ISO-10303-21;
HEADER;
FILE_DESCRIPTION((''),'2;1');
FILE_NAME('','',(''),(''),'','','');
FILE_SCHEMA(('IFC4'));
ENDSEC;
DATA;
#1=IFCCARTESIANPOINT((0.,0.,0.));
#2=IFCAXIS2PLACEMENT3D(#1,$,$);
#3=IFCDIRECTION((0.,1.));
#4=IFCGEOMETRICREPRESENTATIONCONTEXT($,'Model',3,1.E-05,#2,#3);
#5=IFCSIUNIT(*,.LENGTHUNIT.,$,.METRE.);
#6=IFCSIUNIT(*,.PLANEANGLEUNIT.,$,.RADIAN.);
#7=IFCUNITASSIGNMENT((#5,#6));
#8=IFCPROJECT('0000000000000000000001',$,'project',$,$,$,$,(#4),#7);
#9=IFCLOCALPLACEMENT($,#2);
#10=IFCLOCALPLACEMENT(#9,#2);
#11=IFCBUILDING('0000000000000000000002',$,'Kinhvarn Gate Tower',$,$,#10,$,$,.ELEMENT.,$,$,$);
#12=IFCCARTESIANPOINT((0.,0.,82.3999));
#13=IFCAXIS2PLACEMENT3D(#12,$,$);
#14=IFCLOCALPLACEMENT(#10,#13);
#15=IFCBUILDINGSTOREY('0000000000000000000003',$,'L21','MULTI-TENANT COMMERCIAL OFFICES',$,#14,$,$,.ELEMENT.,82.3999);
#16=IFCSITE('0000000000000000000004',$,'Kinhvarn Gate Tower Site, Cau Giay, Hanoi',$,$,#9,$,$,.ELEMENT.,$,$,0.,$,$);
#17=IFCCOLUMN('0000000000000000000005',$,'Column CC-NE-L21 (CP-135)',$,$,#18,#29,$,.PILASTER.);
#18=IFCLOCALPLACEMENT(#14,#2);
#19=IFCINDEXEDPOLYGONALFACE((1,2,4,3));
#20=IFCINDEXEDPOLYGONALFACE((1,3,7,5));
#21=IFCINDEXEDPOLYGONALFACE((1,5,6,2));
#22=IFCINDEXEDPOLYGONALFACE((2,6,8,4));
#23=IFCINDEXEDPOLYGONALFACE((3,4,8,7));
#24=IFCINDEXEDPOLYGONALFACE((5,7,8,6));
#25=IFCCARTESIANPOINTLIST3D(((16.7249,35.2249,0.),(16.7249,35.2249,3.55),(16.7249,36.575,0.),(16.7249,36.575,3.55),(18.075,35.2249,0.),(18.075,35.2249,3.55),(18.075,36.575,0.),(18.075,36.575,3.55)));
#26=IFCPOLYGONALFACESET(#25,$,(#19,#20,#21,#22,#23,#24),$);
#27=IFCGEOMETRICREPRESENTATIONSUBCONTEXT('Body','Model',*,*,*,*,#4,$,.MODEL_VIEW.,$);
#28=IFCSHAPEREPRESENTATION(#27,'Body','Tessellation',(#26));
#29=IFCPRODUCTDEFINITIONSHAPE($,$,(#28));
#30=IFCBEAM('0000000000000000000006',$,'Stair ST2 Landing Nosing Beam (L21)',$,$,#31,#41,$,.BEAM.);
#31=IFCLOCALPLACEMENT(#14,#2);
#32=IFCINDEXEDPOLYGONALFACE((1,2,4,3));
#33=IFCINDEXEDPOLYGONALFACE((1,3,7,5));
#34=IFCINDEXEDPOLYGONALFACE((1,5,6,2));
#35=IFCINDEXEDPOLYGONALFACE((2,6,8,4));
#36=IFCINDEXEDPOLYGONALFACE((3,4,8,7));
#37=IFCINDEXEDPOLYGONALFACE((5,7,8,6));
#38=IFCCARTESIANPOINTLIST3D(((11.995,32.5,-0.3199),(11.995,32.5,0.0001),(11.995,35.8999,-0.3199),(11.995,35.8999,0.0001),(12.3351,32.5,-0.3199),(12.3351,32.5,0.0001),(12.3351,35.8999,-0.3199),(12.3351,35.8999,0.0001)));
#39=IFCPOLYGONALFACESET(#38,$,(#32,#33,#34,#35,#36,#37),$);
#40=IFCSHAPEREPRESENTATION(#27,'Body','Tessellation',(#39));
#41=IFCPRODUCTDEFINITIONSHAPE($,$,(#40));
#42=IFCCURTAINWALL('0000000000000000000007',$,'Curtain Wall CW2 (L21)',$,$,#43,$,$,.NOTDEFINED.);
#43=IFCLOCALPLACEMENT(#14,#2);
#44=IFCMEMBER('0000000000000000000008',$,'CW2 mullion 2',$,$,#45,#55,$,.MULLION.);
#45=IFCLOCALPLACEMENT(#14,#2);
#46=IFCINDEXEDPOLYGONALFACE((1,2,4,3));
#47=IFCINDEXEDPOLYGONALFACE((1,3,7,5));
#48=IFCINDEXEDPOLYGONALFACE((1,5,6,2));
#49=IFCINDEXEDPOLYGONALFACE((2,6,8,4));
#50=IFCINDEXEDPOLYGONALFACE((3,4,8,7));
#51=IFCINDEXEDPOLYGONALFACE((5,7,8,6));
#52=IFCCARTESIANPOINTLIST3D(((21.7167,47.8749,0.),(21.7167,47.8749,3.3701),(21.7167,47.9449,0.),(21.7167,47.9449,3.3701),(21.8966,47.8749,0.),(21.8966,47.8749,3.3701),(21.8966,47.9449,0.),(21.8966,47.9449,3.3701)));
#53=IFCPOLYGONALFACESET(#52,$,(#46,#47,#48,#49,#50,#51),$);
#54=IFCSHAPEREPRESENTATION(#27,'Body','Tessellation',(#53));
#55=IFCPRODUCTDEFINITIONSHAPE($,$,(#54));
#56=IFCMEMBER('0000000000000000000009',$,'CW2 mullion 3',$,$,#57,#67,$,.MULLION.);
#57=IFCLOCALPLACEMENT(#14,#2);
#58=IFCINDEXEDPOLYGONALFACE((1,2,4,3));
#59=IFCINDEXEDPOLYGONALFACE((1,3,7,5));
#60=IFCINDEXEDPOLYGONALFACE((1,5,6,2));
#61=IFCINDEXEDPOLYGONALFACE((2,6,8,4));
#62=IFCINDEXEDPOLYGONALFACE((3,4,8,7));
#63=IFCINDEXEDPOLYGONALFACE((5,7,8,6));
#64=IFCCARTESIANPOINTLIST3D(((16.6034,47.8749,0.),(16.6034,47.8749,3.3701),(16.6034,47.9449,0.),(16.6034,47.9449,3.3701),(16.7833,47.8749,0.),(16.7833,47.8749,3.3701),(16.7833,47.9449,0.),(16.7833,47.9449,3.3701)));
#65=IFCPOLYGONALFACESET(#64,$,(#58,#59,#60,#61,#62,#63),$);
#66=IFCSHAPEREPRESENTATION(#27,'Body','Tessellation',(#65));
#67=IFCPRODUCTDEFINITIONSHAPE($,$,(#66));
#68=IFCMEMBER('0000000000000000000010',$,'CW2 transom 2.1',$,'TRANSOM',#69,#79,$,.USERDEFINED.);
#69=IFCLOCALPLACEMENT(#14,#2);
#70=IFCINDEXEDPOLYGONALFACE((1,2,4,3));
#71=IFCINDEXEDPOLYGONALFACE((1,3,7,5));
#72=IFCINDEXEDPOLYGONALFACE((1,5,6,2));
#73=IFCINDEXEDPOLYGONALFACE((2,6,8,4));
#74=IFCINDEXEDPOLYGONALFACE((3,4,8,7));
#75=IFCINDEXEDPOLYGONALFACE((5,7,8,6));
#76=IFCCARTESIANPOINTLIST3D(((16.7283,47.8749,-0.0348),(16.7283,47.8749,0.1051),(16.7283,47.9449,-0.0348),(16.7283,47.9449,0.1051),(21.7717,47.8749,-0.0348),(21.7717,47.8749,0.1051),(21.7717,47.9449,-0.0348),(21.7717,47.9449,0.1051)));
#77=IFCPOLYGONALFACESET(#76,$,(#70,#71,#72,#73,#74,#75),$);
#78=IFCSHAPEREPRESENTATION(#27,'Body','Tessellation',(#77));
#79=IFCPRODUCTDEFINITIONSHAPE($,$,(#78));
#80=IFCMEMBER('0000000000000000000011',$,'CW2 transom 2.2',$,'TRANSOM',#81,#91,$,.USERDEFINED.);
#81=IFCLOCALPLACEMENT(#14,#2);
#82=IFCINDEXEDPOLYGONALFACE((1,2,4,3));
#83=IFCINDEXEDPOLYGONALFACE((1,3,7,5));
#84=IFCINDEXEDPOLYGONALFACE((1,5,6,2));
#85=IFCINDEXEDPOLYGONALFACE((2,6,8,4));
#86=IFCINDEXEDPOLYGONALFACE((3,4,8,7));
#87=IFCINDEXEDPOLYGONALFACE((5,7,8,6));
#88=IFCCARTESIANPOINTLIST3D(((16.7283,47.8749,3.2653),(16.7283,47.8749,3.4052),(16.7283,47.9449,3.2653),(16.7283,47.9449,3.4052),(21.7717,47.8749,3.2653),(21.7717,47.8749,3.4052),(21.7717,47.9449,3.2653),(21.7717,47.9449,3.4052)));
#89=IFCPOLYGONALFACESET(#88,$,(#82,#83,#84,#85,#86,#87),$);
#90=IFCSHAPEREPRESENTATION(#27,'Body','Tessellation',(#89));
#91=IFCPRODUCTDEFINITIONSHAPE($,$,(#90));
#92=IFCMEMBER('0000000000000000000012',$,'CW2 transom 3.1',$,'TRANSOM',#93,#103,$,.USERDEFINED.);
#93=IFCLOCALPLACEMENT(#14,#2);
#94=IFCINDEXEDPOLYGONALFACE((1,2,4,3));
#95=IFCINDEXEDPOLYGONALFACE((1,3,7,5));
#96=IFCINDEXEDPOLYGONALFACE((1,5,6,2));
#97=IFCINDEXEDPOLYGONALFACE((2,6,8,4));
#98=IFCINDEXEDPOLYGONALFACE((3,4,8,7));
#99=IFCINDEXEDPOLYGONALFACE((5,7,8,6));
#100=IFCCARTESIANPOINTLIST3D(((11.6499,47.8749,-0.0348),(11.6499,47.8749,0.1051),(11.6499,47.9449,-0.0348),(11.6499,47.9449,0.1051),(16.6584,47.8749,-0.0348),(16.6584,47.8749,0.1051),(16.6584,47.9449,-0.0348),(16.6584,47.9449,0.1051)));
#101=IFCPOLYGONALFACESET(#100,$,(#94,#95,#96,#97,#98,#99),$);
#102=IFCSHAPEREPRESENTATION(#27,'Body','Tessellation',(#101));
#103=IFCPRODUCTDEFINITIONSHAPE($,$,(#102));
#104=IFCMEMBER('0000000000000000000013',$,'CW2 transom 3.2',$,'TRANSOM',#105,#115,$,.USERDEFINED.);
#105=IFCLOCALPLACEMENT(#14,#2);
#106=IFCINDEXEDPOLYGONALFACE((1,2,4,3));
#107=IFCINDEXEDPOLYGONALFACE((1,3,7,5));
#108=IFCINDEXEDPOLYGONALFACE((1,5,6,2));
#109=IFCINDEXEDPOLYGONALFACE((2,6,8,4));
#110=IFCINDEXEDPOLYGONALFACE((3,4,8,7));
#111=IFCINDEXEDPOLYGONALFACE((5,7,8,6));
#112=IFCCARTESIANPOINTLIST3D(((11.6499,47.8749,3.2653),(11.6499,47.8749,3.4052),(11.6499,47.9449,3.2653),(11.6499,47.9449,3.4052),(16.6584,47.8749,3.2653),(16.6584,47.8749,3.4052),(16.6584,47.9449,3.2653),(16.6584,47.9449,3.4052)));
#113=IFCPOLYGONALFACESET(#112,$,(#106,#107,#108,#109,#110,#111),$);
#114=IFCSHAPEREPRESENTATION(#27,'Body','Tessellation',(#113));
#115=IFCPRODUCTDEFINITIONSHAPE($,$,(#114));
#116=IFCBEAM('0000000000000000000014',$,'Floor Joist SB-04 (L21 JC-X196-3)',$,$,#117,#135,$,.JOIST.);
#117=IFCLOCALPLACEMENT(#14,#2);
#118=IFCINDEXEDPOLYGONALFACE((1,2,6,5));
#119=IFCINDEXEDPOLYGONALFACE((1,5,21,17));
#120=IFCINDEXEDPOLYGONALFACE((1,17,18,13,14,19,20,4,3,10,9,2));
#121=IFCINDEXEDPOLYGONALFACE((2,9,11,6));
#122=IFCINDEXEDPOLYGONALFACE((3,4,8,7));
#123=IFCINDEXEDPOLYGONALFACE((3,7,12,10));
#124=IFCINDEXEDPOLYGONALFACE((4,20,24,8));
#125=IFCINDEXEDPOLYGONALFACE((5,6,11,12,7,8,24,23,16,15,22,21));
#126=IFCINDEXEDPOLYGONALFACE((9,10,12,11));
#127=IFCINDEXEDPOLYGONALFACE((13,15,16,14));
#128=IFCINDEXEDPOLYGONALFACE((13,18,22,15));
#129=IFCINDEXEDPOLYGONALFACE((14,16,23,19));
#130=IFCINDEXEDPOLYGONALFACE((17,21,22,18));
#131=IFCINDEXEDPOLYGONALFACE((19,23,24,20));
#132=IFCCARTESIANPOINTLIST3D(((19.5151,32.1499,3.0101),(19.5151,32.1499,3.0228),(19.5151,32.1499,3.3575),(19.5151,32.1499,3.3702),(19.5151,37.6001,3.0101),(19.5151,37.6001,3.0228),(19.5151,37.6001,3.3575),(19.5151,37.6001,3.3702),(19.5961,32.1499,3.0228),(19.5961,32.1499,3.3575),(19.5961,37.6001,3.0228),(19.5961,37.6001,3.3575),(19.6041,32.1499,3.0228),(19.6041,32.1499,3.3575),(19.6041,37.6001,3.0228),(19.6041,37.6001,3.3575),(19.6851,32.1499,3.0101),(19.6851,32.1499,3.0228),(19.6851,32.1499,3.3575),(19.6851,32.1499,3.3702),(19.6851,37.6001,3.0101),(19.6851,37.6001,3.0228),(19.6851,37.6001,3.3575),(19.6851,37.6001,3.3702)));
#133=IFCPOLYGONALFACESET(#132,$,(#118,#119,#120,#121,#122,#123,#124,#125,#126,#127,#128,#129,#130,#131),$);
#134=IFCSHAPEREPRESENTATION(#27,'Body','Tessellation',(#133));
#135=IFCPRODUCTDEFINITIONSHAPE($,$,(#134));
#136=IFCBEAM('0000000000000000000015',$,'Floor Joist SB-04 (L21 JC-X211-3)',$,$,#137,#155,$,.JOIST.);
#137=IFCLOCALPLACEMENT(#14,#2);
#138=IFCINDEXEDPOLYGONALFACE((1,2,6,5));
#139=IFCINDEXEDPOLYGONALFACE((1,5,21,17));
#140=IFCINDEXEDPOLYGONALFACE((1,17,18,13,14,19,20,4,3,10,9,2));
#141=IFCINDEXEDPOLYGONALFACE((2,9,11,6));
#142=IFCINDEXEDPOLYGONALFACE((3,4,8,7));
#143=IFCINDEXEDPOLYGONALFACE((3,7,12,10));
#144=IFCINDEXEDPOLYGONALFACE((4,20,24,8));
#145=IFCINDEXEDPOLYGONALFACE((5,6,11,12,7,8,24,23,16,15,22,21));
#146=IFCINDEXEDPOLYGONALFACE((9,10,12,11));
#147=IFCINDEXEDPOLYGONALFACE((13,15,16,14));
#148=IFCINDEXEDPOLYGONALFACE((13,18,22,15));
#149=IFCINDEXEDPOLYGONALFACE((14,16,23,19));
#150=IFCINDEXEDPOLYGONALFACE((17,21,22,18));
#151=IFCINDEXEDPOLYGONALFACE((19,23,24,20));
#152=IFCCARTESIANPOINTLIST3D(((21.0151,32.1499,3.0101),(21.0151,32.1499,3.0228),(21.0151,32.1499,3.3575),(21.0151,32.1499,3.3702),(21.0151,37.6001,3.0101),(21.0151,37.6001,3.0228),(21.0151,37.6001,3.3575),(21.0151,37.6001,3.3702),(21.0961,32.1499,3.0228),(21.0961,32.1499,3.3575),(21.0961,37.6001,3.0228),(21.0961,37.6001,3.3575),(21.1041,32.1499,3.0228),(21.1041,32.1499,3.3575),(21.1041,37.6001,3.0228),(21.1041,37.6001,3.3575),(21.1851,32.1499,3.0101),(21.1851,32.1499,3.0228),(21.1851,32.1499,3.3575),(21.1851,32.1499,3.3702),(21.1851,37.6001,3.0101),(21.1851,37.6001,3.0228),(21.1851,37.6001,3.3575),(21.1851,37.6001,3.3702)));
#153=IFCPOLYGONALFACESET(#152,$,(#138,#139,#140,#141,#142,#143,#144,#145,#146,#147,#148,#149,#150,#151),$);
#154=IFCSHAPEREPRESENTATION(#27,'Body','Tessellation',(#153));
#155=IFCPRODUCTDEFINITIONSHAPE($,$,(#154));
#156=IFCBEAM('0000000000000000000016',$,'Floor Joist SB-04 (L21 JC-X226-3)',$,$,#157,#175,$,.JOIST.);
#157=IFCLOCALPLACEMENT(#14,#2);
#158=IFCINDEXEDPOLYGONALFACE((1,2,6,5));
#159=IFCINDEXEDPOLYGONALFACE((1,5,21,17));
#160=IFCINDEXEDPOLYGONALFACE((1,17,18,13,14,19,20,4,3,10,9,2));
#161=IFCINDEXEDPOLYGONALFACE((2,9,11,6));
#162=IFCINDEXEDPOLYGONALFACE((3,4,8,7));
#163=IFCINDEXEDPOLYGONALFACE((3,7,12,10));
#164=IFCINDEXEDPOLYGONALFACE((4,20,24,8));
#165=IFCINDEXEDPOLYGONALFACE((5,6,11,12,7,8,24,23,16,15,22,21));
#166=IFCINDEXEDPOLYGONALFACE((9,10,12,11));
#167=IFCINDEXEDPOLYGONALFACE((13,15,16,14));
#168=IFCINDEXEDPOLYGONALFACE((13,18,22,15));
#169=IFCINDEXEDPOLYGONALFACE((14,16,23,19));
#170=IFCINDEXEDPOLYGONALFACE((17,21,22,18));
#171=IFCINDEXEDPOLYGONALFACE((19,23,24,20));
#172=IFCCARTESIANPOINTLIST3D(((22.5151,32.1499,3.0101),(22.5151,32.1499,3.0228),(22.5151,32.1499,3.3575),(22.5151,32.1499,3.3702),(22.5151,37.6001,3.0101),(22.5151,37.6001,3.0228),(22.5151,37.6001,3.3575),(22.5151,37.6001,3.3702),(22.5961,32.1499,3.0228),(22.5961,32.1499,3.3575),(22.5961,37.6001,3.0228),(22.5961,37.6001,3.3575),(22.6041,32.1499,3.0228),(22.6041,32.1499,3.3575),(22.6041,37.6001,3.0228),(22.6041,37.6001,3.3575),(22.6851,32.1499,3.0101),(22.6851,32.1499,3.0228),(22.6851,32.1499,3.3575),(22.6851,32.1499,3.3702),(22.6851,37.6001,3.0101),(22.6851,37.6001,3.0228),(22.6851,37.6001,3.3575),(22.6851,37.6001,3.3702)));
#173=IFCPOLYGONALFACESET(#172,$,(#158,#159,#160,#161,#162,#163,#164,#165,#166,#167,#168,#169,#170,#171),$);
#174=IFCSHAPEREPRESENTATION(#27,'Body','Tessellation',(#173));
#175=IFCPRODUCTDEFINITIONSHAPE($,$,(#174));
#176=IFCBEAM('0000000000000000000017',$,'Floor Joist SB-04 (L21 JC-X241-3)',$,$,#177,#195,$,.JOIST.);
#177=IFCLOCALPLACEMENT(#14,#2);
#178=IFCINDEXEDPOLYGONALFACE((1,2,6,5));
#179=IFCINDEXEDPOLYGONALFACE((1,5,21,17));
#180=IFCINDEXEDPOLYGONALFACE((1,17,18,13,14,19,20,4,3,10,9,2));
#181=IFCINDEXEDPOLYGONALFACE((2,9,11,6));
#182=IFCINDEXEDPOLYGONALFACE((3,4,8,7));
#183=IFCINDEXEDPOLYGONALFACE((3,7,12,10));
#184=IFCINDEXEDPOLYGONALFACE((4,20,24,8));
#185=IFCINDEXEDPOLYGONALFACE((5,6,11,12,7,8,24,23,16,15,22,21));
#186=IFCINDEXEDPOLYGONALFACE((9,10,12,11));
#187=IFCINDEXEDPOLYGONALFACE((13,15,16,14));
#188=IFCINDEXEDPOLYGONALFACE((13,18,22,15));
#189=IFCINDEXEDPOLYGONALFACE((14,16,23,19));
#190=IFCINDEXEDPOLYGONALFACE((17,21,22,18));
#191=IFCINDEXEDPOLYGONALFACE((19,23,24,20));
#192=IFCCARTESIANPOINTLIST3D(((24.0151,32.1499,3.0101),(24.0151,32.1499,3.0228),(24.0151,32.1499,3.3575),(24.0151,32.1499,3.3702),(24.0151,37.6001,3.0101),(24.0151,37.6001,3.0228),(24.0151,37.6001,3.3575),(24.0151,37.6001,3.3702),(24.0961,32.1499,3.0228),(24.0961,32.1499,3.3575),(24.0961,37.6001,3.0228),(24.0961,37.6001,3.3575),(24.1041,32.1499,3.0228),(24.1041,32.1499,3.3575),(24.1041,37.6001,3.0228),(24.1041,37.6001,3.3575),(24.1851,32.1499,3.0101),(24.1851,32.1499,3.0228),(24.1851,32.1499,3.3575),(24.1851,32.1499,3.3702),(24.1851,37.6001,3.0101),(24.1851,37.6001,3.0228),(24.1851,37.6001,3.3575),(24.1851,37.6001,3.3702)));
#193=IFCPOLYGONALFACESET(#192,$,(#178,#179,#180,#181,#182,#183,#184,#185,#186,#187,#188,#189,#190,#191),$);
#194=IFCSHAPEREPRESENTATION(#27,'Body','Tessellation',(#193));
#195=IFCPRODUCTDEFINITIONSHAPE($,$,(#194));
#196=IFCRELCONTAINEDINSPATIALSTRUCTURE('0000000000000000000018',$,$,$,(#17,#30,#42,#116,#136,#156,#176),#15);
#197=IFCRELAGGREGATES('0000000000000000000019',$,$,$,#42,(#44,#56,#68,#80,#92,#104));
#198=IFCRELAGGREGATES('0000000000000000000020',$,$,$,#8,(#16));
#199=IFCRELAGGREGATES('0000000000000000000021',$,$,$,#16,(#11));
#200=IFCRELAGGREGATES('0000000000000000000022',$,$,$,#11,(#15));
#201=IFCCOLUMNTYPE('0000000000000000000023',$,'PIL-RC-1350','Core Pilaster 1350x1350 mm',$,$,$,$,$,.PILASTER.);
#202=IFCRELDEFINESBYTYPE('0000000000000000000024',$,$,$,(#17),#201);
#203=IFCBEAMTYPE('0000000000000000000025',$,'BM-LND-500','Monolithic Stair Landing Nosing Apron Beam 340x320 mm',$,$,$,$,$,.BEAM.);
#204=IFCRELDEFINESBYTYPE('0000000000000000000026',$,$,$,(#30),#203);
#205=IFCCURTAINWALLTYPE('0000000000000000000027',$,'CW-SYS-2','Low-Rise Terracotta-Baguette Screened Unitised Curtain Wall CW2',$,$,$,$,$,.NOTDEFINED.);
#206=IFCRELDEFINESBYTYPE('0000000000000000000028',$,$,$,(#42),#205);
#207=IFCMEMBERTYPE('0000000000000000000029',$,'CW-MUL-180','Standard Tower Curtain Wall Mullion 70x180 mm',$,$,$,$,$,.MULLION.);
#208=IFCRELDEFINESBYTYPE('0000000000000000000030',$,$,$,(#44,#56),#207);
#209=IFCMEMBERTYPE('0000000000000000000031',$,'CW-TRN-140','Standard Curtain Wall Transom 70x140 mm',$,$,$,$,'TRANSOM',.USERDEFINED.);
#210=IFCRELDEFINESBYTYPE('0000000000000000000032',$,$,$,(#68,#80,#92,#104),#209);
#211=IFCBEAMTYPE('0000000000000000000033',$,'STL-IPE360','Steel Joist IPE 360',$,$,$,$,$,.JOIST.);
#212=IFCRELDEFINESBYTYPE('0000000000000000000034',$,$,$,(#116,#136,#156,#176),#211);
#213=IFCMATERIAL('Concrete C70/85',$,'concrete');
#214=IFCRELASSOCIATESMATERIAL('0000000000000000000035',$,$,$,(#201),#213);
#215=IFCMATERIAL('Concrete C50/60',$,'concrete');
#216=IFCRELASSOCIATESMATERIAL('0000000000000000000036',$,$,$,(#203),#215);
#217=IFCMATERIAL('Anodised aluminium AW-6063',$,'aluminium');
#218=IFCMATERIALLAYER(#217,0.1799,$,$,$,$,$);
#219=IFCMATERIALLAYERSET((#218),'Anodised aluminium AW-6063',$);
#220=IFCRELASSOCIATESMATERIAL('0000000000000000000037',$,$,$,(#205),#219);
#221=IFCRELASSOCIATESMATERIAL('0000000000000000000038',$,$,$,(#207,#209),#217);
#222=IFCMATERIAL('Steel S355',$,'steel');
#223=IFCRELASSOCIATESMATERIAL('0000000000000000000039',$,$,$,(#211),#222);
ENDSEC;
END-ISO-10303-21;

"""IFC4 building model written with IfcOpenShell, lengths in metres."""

from ifc_helpers import new_model, si_unit, direction, frame, origin, origin_2d, place, context, subcontext, project, spatial, rectangle, i_section, extrude, material, layer, layer_set, material_profile, profile_set, type_object, element, aggregate, save


model = new_model("IFC4")

# Units and contexts
model_context = context("Model", 3, precision=1e-05, world=origin(), true_north=direction((0.0, 1.0)))
body_context = subcontext(model_context, "Body", "Model", "MODEL_VIEW")
ifc_project = project(units=[si_unit("LENGTHUNIT", "METRE"), si_unit("PLANEANGLEUNIT", "RADIAN")], contexts=[model_context])

# Site, building, storey
site_placement = place(None, origin())
site = spatial("IfcSite", under=ifc_project, at=site_placement, Name="Kinhvarn Gate Tower Site, Cau Giay, Hanoi", CompositionType="ELEMENT", RefElevation=0.0)
building_placement = place(site_placement, origin())
building = spatial("IfcBuilding", under=site, at=building_placement, Name="Kinhvarn Gate Tower", CompositionType="ELEMENT")
storey_placement = place(building_placement, frame((0.0, 0.0, 82.3999)))
storey = spatial("IfcBuildingStorey", under=building, at=storey_placement, Name="L21", Description="MULTI-TENANT COMMERCIAL OFFICES", CompositionType="ELEMENT", Elevation=82.3999)

# Column
ifc_material_1 = material(Name="Concrete C70/85", Category="concrete")
ifc_material_profile_1 = material_profile(ifc_material_1, rectangle(XDim=1.3501, YDim=1.3501, at=origin_2d()), Name="RC 1350x1350")
ifc_profile_set_1 = profile_set([ifc_material_profile_1], Name="Concrete C70/85")
column_type = type_object("IfcColumnType", Name="PIL-RC-1350", Description="Core Pilaster 1350x1350 mm", PredefinedType="PILASTER", material=ifc_profile_set_1)
column_placement = place(storey_placement, frame((17.3999, 35.8999, 0.0), z_axis=(0.0, 0.0, 1.0), x_axis=(1.0, 0.0, 0.0)))
element("IfcColumn", 1, at=column_placement, inside=storey, type_object=column_type, Name="Column CC-NE-L21 (CP-135)", PredefinedType="PILASTER", context=body_context, shape_type="SweptSolid", body=[
    extrude(rectangle(XDim=1.3501, YDim=1.3501, at=origin_2d()), origin(), (0.0, 0.0, 1.0), 3.55),
])

# Beam
ifc_material_2 = material(Name="Concrete C50/60", Category="concrete")
ifc_material_profile_2 = material_profile(ifc_material_2, rectangle(XDim=0.3401, YDim=0.3201, at=origin_2d()), Name="RC 340x320")
ifc_profile_set_2 = profile_set([ifc_material_profile_2], Name="Concrete C50/60")
beam_type_1 = type_object("IfcBeamType", Name="BM-LND-500", Description="Monolithic Stair Landing Nosing Apron Beam 340x320 mm", PredefinedType="BEAM", material=ifc_profile_set_2)
beam_placement = place(storey_placement, frame((12.165, 32.5, -0.1599), z_axis=(0.0, 1.0, 0.0), x_axis=(-1.0, 0.0, 0.0)))
element("IfcBeam", 2, at=beam_placement, inside=storey, type_object=beam_type_1, Name="Stair ST2 Landing Nosing Beam (L21)", PredefinedType="BEAM", context=body_context, shape_type="SweptSolid", body=[
    extrude(rectangle(XDim=0.3401, YDim=0.3201, at=origin_2d()), origin(), (0.0, 0.0, 1.0), 3.3999),
])

# Curtain wall, members
ifc_material_3 = material(Name="Anodised aluminium AW-6063", Category="aluminium")
ifc_layer_1 = layer(ifc_material_3, 0.1799)
ifc_layer_set_1 = layer_set([ifc_layer_1], Name="Anodised aluminium AW-6063")
curtain_wall_type = type_object("IfcCurtainWallType", Name="CW-SYS-2", Description="Low-Rise Terracotta-Baguette Screened Unitised Curtain Wall CW2", PredefinedType="NOTDEFINED", material=ifc_layer_set_1)
curtain_wall_placement = place(storey_placement, origin())
curtain_wall = element("IfcCurtainWall", 3, at=curtain_wall_placement, inside=storey, type_object=curtain_wall_type, Name="Curtain Wall CW2 (L21)", PredefinedType="NOTDEFINED")
ifc_material_profile_3 = material_profile(ifc_material_3, rectangle(XDim=0.0701, YDim=0.1799, at=origin_2d()), Name="ALU 70x180")
ifc_profile_set_3 = profile_set([ifc_material_profile_3], Name="Anodised aluminium AW-6063")
member_type_1 = type_object("IfcMemberType", Name="CW-MUL-180", Description="Standard Tower Curtain Wall Mullion 70x180 mm", PredefinedType="MULLION", material=ifc_profile_set_3)
member_1_placement = place(storey_placement, frame((21.8066, 47.9099, 0.0), z_axis=(0.0, 0.0, 1.0), x_axis=(0.0, -1.0, 0.0)))
member_1 = element("IfcMember", 4, at=member_1_placement, type_object=member_type_1, Name="CW2 mullion 2", PredefinedType="MULLION", context=body_context, shape_type="SweptSolid", body=[
    extrude(rectangle(XDim=0.0701, YDim=0.1799, at=origin_2d()), origin(), (0.0, 0.0, 1.0), 3.3701),
])
member_2_placement = place(storey_placement, frame((16.6934, 47.9099, 0.0), z_axis=(0.0, 0.0, 1.0), x_axis=(0.0, -1.0, 0.0)))
member_2 = element("IfcMember", 5, at=member_2_placement, type_object=member_type_1, Name="CW2 mullion 3", PredefinedType="MULLION", context=body_context, shape_type="SweptSolid", body=[
    extrude(rectangle(XDim=0.0701, YDim=0.1799, at=origin_2d()), origin(), (0.0, 0.0, 1.0), 3.3701),
])
ifc_material_profile_4 = material_profile(ifc_material_3, rectangle(XDim=0.0701, YDim=0.1399, at=origin_2d()), Name="ALU 70x140")
ifc_profile_set_4 = profile_set([ifc_material_profile_4], Name="Anodised aluminium AW-6063")
member_type_2 = type_object("IfcMemberType", Name="CW-TRN-140", Description="Standard Curtain Wall Transom 70x140 mm", ElementType="TRANSOM", PredefinedType="USERDEFINED", material=ifc_profile_set_4)
member_3_placement = place(storey_placement, frame((21.7717, 47.9099, 0.0352), z_axis=(-1.0, 0.0, 0.0), x_axis=(0.0, -1.0, 0.0)))
member_3 = element("IfcMember", 6, at=member_3_placement, type_object=member_type_2, Name="CW2 transom 2.1", ObjectType="TRANSOM", PredefinedType="USERDEFINED", context=body_context, shape_type="SweptSolid", body=[
    extrude(rectangle(XDim=0.0701, YDim=0.1399, at=origin_2d()), origin(), (0.0, 0.0, 1.0), 5.0435),
])
member_4_placement = place(storey_placement, frame((21.7717, 47.9099, 3.3352), z_axis=(-1.0, 0.0, 0.0), x_axis=(0.0, -1.0, 0.0)))
member_4 = element("IfcMember", 7, at=member_4_placement, type_object=member_type_2, Name="CW2 transom 2.2", ObjectType="TRANSOM", PredefinedType="USERDEFINED", context=body_context, shape_type="SweptSolid", body=[
    extrude(rectangle(XDim=0.0701, YDim=0.1399, at=origin_2d()), origin(), (0.0, 0.0, 1.0), 5.0435),
])
member_5_placement = place(storey_placement, frame((16.6584, 47.9099, 0.0352), z_axis=(-1.0, 0.0, 0.0), x_axis=(0.0, -1.0, 0.0)))
member_5 = element("IfcMember", 8, at=member_5_placement, type_object=member_type_2, Name="CW2 transom 3.1", ObjectType="TRANSOM", PredefinedType="USERDEFINED", context=body_context, shape_type="SweptSolid", body=[
    extrude(rectangle(XDim=0.0701, YDim=0.1399, at=origin_2d()), origin(), (0.0, 0.0, 1.0), 5.0085),
])
member_6_placement = place(storey_placement, frame((16.6584, 47.9099, 3.3352), z_axis=(-1.0, 0.0, 0.0), x_axis=(0.0, -1.0, 0.0)))
member_6 = element("IfcMember", 9, at=member_6_placement, type_object=member_type_2, Name="CW2 transom 3.2", ObjectType="TRANSOM", PredefinedType="USERDEFINED", context=body_context, shape_type="SweptSolid", body=[
    extrude(rectangle(XDim=0.0701, YDim=0.1399, at=origin_2d()), origin(), (0.0, 0.0, 1.0), 5.0085),
])

# Beams
ifc_material_4 = material(Name="Steel S355", Category="steel")
ifc_material_profile_5 = material_profile(ifc_material_4, i_section(OverallWidth=0.1699, OverallDepth=0.3601, WebThickness=0.0081, FlangeThickness=0.0127, at=origin_2d()), Name="IPE 360")
ifc_profile_set_5 = profile_set([ifc_material_profile_5], Name="Steel S355")
beam_type_2 = type_object("IfcBeamType", Name="STL-IPE360", Description="Steel Joist IPE 360", PredefinedType="JOIST", material=ifc_profile_set_5)
for number, where, z_axis, x_axis, name in (
    (10, (19.6001, 32.1499, 3.1902), (0.0, 1.0, 0.0), (-1.0, 0.0, 0.0), "Floor Joist SB-04 (L21 JC-X196-3)"),
    (11, (21.1001, 32.1499, 3.1902), (0.0, 1.0, 0.0), (-1.0, 0.0, 0.0), "Floor Joist SB-04 (L21 JC-X211-3)"),
    (12, (22.6001, 32.1499, 3.1902), (0.0, 1.0, 0.0), (-1.0, 0.0, 0.0), "Floor Joist SB-04 (L21 JC-X226-3)"),
    (13, (24.1001, 32.1499, 3.1902), (0.0, 1.0, 0.0), (-1.0, 0.0, 0.0), "Floor Joist SB-04 (L21 JC-X241-3)"),
):
    element("IfcBeam", number, at=place(storey_placement, frame(where, z_axis=z_axis, x_axis=x_axis)), inside=storey, type_object=beam_type_2, Name=name, PredefinedType="JOIST", context=body_context, shape_type="SweptSolid", body=[
        extrude(i_section(OverallWidth=0.1699, OverallDepth=0.3601, WebThickness=0.0081, FlangeThickness=0.0127, at=origin_2d()), origin(), (0.0, 0.0, 1.0), 5.4502),
    ])

aggregate(curtain_wall, [member_1, member_2, member_3, member_4, member_5, member_6])

save(model, "model.ifc")
